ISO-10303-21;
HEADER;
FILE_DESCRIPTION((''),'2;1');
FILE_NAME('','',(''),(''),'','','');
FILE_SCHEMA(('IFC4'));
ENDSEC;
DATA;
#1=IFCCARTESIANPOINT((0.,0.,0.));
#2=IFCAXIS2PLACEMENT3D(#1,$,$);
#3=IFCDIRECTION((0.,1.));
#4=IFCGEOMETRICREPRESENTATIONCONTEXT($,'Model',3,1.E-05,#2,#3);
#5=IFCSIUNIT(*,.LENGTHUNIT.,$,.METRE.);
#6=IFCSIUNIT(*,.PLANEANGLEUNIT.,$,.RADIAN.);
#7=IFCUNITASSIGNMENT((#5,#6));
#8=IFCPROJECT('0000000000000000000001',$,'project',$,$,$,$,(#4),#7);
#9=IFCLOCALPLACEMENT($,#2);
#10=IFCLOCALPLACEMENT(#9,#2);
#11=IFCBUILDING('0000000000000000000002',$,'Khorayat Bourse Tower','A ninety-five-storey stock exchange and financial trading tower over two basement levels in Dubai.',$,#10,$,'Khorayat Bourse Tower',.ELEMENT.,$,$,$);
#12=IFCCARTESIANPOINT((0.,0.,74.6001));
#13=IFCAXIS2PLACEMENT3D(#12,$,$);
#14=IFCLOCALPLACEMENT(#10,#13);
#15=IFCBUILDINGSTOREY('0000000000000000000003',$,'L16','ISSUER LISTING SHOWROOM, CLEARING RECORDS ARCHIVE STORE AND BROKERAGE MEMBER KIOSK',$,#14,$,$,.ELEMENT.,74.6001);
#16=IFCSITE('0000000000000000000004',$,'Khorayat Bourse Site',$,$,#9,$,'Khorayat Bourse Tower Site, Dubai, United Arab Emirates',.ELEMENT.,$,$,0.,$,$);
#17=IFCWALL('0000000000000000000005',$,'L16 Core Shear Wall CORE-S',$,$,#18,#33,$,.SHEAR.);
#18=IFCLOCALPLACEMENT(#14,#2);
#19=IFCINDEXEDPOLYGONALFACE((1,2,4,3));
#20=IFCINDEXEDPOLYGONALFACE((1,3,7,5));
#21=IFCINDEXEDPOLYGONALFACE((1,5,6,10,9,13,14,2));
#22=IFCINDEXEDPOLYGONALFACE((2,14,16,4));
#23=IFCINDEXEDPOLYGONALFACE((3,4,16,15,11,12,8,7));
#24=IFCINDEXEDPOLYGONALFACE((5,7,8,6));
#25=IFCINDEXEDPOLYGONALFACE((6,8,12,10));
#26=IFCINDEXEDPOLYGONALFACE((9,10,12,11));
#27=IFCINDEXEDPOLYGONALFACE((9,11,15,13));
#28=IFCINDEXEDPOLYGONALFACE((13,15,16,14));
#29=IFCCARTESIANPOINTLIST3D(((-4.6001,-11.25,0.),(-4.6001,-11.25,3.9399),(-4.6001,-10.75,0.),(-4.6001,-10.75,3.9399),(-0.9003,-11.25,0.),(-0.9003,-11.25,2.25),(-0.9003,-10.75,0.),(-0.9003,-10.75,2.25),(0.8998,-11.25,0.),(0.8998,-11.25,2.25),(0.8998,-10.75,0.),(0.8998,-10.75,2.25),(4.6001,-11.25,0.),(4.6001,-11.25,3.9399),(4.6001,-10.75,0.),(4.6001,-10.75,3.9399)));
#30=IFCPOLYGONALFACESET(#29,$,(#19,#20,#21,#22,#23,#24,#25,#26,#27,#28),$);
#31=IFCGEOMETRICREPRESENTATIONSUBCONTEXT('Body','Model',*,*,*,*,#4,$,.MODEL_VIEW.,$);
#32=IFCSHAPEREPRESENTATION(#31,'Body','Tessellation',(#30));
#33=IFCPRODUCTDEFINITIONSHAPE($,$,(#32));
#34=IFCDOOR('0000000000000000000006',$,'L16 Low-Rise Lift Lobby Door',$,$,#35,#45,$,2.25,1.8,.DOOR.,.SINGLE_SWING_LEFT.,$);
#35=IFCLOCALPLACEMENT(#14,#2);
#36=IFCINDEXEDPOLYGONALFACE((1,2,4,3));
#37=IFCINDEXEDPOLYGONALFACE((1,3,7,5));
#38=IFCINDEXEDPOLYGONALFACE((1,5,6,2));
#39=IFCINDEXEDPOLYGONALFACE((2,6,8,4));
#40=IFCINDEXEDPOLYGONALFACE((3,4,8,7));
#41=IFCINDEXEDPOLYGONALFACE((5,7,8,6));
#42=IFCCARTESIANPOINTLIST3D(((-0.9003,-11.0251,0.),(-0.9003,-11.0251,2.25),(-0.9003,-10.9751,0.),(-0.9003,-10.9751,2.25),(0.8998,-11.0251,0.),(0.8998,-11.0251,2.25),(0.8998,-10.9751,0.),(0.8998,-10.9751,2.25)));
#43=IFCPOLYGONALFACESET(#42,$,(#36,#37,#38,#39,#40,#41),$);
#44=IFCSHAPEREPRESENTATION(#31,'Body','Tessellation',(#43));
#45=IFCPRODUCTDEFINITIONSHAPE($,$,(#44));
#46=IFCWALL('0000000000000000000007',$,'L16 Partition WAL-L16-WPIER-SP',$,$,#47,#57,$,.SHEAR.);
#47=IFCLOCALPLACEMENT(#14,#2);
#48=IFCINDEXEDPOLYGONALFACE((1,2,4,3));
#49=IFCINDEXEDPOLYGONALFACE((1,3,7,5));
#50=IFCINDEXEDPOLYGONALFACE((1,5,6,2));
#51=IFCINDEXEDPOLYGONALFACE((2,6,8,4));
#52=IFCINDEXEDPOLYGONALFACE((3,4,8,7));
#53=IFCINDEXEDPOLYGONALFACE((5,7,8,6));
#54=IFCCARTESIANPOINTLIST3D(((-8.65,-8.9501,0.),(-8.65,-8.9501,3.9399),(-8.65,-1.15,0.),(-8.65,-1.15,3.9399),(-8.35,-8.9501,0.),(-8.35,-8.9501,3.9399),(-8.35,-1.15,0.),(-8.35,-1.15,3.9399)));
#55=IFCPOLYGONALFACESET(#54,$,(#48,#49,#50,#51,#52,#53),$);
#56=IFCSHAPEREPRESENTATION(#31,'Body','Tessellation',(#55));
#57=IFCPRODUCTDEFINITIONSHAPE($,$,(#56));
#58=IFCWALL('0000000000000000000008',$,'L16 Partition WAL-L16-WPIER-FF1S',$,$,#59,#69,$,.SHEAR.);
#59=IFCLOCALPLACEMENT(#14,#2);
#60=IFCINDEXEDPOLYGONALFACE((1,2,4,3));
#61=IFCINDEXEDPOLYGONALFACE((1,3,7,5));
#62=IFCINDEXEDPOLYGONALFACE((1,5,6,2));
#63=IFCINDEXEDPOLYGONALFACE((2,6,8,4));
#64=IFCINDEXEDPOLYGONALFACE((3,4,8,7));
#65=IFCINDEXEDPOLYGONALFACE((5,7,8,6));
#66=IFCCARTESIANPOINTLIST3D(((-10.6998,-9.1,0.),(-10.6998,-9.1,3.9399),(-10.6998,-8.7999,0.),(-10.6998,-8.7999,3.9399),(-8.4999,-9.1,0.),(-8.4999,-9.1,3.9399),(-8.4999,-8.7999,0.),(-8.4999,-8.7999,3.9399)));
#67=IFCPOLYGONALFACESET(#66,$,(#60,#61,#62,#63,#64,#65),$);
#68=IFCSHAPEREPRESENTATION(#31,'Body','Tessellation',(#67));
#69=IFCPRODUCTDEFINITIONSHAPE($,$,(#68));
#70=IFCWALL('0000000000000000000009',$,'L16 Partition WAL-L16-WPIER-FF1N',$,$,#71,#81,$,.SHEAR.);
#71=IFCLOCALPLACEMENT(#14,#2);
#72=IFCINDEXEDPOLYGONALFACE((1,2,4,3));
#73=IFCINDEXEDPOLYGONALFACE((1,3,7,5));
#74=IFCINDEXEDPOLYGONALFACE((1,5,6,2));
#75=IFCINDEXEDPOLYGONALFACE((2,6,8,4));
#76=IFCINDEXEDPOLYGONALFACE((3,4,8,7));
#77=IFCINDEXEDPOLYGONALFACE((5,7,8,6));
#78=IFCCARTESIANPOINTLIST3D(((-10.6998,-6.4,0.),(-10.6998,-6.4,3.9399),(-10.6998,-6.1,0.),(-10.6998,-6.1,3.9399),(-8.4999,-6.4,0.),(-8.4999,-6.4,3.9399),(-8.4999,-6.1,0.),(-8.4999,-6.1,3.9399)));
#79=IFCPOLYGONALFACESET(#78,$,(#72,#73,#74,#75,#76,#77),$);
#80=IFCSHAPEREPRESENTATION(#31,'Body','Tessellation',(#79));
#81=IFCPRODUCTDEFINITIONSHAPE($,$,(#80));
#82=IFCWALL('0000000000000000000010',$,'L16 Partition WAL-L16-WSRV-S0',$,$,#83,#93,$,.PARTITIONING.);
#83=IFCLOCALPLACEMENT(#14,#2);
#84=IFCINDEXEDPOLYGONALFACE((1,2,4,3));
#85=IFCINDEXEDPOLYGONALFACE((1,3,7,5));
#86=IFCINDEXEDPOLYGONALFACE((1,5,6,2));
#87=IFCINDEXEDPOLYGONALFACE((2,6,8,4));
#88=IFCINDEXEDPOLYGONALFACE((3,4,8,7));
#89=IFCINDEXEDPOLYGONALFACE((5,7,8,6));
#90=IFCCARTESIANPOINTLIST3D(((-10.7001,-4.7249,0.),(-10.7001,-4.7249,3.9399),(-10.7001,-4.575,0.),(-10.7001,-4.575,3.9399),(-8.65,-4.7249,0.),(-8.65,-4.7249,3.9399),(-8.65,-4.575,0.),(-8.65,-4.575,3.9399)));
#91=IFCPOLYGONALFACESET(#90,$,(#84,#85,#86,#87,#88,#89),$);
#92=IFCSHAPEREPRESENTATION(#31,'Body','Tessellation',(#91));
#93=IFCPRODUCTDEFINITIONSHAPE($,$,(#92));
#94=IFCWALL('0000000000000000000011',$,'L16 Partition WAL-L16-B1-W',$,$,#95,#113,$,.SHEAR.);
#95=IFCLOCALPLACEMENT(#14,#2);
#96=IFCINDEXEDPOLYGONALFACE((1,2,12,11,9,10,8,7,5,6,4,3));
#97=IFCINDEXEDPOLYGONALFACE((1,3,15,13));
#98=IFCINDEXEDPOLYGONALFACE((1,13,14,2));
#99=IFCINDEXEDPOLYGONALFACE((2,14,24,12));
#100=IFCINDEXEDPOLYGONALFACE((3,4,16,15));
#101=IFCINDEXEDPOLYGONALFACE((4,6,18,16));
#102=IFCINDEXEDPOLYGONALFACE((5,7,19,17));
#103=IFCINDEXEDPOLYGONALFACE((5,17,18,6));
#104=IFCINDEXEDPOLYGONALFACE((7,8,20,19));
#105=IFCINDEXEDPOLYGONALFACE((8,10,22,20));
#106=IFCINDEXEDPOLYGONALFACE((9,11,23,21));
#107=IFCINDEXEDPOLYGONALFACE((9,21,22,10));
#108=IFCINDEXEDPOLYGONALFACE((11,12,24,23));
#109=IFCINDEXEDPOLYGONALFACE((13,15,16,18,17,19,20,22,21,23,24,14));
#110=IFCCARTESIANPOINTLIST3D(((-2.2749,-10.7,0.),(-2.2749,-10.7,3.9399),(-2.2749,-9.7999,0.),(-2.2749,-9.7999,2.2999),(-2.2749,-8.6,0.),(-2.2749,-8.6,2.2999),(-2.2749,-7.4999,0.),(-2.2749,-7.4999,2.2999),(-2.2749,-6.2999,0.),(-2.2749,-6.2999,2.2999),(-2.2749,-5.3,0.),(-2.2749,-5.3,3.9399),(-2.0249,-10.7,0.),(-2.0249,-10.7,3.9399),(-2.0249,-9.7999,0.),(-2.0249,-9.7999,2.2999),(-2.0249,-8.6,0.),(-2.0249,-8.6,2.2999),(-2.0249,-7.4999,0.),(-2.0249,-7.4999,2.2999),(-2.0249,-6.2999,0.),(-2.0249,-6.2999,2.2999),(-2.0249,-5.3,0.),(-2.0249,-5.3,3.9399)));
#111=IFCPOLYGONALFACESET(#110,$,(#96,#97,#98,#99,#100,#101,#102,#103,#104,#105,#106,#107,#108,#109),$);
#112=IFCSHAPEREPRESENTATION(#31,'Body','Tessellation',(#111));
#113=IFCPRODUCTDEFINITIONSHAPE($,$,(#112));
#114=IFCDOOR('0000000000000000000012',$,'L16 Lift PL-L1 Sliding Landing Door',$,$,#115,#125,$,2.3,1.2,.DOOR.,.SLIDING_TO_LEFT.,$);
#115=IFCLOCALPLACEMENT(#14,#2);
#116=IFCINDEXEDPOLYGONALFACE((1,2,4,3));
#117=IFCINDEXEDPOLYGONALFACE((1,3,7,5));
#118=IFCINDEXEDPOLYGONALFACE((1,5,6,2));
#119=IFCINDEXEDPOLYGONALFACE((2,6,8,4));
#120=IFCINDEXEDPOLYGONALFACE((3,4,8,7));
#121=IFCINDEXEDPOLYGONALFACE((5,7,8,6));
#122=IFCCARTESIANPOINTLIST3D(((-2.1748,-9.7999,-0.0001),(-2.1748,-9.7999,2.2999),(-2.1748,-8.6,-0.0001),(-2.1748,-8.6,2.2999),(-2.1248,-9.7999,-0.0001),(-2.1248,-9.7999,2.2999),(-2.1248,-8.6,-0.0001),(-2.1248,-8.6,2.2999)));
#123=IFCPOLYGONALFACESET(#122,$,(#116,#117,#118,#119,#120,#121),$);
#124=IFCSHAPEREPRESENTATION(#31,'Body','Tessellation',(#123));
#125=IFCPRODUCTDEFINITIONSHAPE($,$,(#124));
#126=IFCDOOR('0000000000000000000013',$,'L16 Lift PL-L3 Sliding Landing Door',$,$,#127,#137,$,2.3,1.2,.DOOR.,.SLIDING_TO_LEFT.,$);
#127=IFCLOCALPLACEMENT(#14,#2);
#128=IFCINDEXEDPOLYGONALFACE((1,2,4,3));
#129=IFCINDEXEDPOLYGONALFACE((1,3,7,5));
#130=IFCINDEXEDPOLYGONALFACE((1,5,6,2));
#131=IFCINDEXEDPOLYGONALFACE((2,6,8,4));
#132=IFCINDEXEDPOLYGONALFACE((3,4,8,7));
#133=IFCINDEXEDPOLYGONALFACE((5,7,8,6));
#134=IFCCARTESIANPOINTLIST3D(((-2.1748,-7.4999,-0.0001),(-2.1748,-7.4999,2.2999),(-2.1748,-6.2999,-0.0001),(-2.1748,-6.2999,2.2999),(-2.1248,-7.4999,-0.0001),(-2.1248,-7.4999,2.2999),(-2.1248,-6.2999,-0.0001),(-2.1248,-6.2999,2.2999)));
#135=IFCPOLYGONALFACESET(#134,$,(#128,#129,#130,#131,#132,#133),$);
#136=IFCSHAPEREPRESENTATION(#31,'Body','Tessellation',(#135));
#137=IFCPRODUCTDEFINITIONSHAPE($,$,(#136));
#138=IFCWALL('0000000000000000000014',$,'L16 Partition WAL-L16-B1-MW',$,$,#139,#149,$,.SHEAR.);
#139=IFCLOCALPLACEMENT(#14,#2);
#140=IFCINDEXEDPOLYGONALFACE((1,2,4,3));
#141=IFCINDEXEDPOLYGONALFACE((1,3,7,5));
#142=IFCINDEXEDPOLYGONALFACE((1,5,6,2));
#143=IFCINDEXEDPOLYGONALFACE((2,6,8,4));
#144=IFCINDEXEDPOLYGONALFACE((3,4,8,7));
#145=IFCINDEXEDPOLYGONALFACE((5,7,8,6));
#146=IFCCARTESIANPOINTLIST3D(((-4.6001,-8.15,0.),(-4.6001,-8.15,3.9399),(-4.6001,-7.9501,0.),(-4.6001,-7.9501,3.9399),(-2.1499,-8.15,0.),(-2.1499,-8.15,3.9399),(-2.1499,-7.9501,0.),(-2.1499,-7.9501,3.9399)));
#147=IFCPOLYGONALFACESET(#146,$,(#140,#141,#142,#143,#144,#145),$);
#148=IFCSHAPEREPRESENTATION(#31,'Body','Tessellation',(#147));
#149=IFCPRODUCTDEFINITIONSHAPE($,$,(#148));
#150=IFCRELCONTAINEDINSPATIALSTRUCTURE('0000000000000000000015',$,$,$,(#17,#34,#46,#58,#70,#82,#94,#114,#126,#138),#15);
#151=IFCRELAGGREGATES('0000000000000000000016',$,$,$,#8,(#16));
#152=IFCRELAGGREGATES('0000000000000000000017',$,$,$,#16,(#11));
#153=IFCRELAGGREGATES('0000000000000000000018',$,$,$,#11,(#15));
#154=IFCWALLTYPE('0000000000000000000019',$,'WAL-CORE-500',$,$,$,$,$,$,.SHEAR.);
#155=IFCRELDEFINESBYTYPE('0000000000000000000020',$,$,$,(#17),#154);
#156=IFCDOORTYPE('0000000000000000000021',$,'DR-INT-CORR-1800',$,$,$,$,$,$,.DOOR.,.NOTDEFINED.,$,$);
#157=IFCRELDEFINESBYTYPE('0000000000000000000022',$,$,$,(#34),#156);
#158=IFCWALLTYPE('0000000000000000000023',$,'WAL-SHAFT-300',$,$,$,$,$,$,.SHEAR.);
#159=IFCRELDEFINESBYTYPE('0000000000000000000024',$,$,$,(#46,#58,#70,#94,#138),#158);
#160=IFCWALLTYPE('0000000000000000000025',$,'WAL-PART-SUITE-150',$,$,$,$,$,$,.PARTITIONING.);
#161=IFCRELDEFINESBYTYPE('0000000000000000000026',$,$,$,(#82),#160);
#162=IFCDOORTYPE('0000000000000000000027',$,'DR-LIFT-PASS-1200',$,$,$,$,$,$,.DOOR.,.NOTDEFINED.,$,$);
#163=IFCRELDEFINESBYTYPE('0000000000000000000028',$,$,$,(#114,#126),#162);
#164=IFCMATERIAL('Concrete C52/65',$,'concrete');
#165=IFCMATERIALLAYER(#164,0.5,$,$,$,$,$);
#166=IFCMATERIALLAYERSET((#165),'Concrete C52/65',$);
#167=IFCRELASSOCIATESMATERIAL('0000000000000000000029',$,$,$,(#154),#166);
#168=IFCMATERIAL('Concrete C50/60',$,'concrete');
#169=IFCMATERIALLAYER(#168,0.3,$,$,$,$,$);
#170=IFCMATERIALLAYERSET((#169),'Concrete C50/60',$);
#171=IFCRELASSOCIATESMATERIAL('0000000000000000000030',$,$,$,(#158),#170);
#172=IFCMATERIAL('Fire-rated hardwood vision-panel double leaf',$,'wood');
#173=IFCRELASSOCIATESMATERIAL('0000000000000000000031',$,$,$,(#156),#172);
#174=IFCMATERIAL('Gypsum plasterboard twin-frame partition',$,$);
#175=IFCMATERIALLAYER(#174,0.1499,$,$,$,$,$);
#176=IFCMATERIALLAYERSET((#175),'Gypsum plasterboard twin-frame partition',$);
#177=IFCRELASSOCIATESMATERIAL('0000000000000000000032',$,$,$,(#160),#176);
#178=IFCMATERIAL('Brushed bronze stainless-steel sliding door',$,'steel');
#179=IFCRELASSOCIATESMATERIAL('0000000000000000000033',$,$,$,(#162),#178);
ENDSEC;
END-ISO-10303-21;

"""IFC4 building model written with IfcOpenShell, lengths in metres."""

from ifc_helpers import new_model, si_unit, direction, frame, frame_2d, origin, place, context, subcontext, project, spatial, rectangle, extrude, source, transform, mapped, material, layer, layer_set, type_object, element, fill, save


model = new_model("IFC4")

# Units and contexts
model_context = context("Model", 3, precision=1e-05, world=origin(), true_north=direction((0.0, 1.0)))
body_context = subcontext(model_context, "Body", "Model", "MODEL_VIEW")
ifc_project = project(units=[si_unit("LENGTHUNIT", "METRE"), si_unit("PLANEANGLEUNIT", "RADIAN")], contexts=[model_context])

# Site, building, storey
site_placement = place(None, origin())
site = spatial("IfcSite", under=ifc_project, at=site_placement, Name="Khorayat Bourse Site", LongName="Khorayat Bourse Tower Site, Dubai, United Arab Emirates", CompositionType="ELEMENT", RefElevation=0.0)
building_placement = place(site_placement, origin())
building = spatial("IfcBuilding", under=site, at=building_placement, Name="Khorayat Bourse Tower", Description="A ninety-five-storey stock exchange and financial trading tower over two basement levels in Dubai.", LongName="Khorayat Bourse Tower", CompositionType="ELEMENT")
storey_placement = place(building_placement, frame((0.0, 0.0, 74.6001)))
storey = spatial("IfcBuildingStorey", under=building, at=storey_placement, Name="L16", Description="ISSUER LISTING SHOWROOM, CLEARING RECORDS ARCHIVE STORE AND BROKERAGE MEMBER KIOSK", CompositionType="ELEMENT", Elevation=74.6001)

# Shared definitions
ifc_material_1 = material(Name="Concrete C52/65", Category="concrete")
ifc_layer_1 = layer(ifc_material_1, 0.5)
ifc_layer_set_1 = layer_set([ifc_layer_1], Name="Concrete C52/65")
wall_type_1 = type_object("IfcWallType", Name="WAL-CORE-500", PredefinedType="SHEAR", material=ifc_layer_set_1)
ifc_material_2 = material(Name="Concrete C50/60", Category="concrete")
ifc_layer_2 = layer(ifc_material_2, 0.3)
ifc_layer_set_2 = layer_set([ifc_layer_2], Name="Concrete C50/60")
wall_type_2 = type_object("IfcWallType", Name="WAL-SHAFT-300", PredefinedType="SHEAR", material=ifc_layer_set_2)

# Wall, opening, door
shared_shape_1 = source(origin(), body_context, "Body", "SweptSolid", [
    extrude(rectangle(XDim=9.2002, YDim=0.5, at=frame_2d((4.6001, 0.0))), origin(), (0.0, 0.0, 1.0), 3.9399),
])
wall_1_placement = place(storey_placement, frame((-4.6001, -11.0, 0.0), z_axis=(0.0, 0.0, 1.0), x_axis=(1.0, 0.0, 0.0)))
wall_1 = element("IfcWall", 1, at=wall_1_placement, inside=storey, type_object=wall_type_1, Name="L16 Core Shear Wall CORE-S", PredefinedType="SHEAR", context=body_context, shape_type="MappedRepresentation", body=[
    mapped(shared_shape_1, transform((0.0, 0.0, 0.0), scale=1.0)),
])
shared_shape_2 = source(origin(), body_context, "Body", "SweptSolid", [
    extrude(rectangle(XDim=1.8, YDim=2.25, at=frame_2d((0.8999, 1.125))), frame((0.0, 0.26, 0.0), z_axis=(0.0, -1.0, 0.0), x_axis=(1.0, 0.0, 0.0)), (0.0, 0.0, 1.0), 0.52),
])
opening_1_placement = place(wall_1_placement, frame((3.7, 0.0, 0.0)))
opening_1 = element("IfcOpeningElement", 2, at=opening_1_placement, cuts=wall_1, PredefinedType="OPENING", context=body_context, shape_type="MappedRepresentation", body=[
    mapped(shared_shape_2, transform((0.0, 0.0, 0.0), scale=1.0)),
])
ifc_material_3 = material(Name="Fire-rated hardwood vision-panel double leaf", Category="wood")
door_type_1 = type_object("IfcDoorType", Name="DR-INT-CORR-1800", OperationType="NOTDEFINED", PredefinedType="DOOR", material=ifc_material_3)
shared_shape_3 = source(origin(), body_context, "Body", "SweptSolid", [
    extrude(rectangle(XDim=1.8, YDim=2.25, at=frame_2d((0.8999, 1.125))), frame((0.0, 0.0249, 0.0), z_axis=(0.0, -1.0, 0.0), x_axis=(1.0, 0.0, 0.0)), (0.0, 0.0, 1.0), 0.05),
])
door_1_placement = place(opening_1_placement, origin())
door_1 = element("IfcDoor", 3, at=door_1_placement, inside=storey, type_object=door_type_1, Name="L16 Low-Rise Lift Lobby Door", OperationType="SINGLE_SWING_LEFT", OverallHeight=2.25, OverallWidth=1.8, PredefinedType="DOOR", context=body_context, shape_type="MappedRepresentation", body=[
    mapped(shared_shape_3, transform((0.0, 0.0, 0.0), scale=1.0)),
])
fill(opening_1, door_1)

# Walls
shared_shape_4 = source(origin(), body_context, "Body", "SweptSolid", [
    extrude(rectangle(XDim=7.8, YDim=0.3, at=frame_2d((3.8999, 0.0))), origin(), (0.0, 0.0, 1.0), 3.9399),
])
wall_2_placement = place(storey_placement, frame((-8.5, -8.95, 0.0), z_axis=(0.0, 0.0, 1.0), x_axis=(0.0, 1.0, 0.0)))
element("IfcWall", 4, at=wall_2_placement, inside=storey, type_object=wall_type_2, Name="L16 Partition WAL-L16-WPIER-SP", PredefinedType="SHEAR", context=body_context, shape_type="MappedRepresentation", body=[
    mapped(shared_shape_4, transform((0.0, 0.0, 0.0), scale=1.0)),
])
shared_shape_5 = source(origin(), body_context, "Body", "SweptSolid", [
    extrude(rectangle(XDim=2.2, YDim=0.3, at=frame_2d((1.1001, 0.0))), origin(), (0.0, 0.0, 1.0), 3.9399),
])
for number, where, z_axis, x_axis, name in (
    (5, (-10.7, -8.95, 0.0), (0.0, 0.0, 1.0), (1.0, 0.0, 0.0), "L16 Partition WAL-L16-WPIER-FF1S"),
    (6, (-10.7, -6.25, 0.0), (0.0, 0.0, 1.0), (1.0, 0.0, 0.0), "L16 Partition WAL-L16-WPIER-FF1N"),
):
    element("IfcWall", number, at=place(storey_placement, frame(where, z_axis=z_axis, x_axis=x_axis)), inside=storey, type_object=wall_type_2, Name=name, PredefinedType="SHEAR", context=body_context, shape_type="MappedRepresentation", body=[
        mapped(shared_shape_5, transform((0.0, 0.0, 0.0), scale=1.0)),
    ])
ifc_material_4 = material(Name="Gypsum plasterboard twin-frame partition")
ifc_layer_3 = layer(ifc_material_4, 0.1499)
ifc_layer_set_3 = layer_set([ifc_layer_3], Name="Gypsum plasterboard twin-frame partition")
wall_type_3 = type_object("IfcWallType", Name="WAL-PART-SUITE-150", PredefinedType="PARTITIONING", material=ifc_layer_set_3)
shared_shape_6 = source(origin(), body_context, "Body", "SweptSolid", [
    extrude(rectangle(XDim=2.05, YDim=0.1499, at=frame_2d((1.0249, 0.0))), origin(), (0.0, 0.0, 1.0), 3.9399),
])
wall_3_placement = place(storey_placement, frame((-10.7, -4.6499, 0.0), z_axis=(0.0, 0.0, 1.0), x_axis=(1.0, 0.0, 0.0)))
element("IfcWall", 7, at=wall_3_placement, inside=storey, type_object=wall_type_3, Name="L16 Partition WAL-L16-WSRV-S0", PredefinedType="PARTITIONING", context=body_context, shape_type="MappedRepresentation", body=[
    mapped(shared_shape_6, transform((0.0, 0.0, 0.0), scale=1.0)),
])

# Wall, openings, doors
shared_shape_7 = source(origin(), body_context, "Body", "SweptSolid", [
    extrude(rectangle(XDim=5.3999, YDim=0.25, at=frame_2d((2.7, 0.0))), origin(), (0.0, 0.0, 1.0), 3.9399),
])
wall_4_placement = place(storey_placement, frame((-2.1499, -10.7, 0.0), z_axis=(0.0, 0.0, 1.0), x_axis=(0.0, 1.0, 0.0)))
wall_4 = element("IfcWall", 8, at=wall_4_placement, inside=storey, type_object=wall_type_2, Name="L16 Partition WAL-L16-B1-W", PredefinedType="SHEAR", context=body_context, shape_type="MappedRepresentation", body=[
    mapped(shared_shape_7, transform((0.0, 0.0, 0.0), scale=1.0)),
])
shared_shape_8 = source(origin(), body_context, "Body", "SweptSolid", [
    extrude(rectangle(XDim=1.2, YDim=2.3, at=frame_2d((0.6001, 1.1499))), frame((0.0, 0.135, 0.0), z_axis=(0.0, -1.0, 0.0), x_axis=(1.0, 0.0, 0.0)), (0.0, 0.0, 1.0), 0.27),
])
opening_2_placement = place(wall_4_placement, frame((0.8999, 0.0, 0.0)))
opening_2 = element("IfcOpeningElement", 9, at=opening_2_placement, cuts=wall_4, PredefinedType="OPENING", context=body_context, shape_type="MappedRepresentation", body=[
    mapped(shared_shape_8, transform((0.0, 0.0, 0.0), scale=1.0)),
])
opening_3_placement = place(wall_4_placement, frame((3.2, 0.0, 0.0)))
opening_3 = element("IfcOpeningElement", 10, at=opening_3_placement, cuts=wall_4, PredefinedType="OPENING", context=body_context, shape_type="MappedRepresentation", body=[
    mapped(shared_shape_8, transform((0.0, 0.0, 0.0), scale=1.0)),
])
ifc_material_5 = material(Name="Brushed bronze stainless-steel sliding door", Category="steel")
door_type_2 = type_object("IfcDoorType", Name="DR-LIFT-PASS-1200", OperationType="NOTDEFINED", PredefinedType="DOOR", material=ifc_material_5)
shared_shape_9 = source(origin(), body_context, "Body", "SweptSolid", [
    extrude(rectangle(XDim=1.2, YDim=2.3, at=frame_2d((0.6001, 1.1499))), frame((0.0, 0.0249, 0.0), z_axis=(0.0, -1.0, 0.0), x_axis=(1.0, 0.0, 0.0)), (0.0, 0.0, 1.0), 0.05),
])
door_2_placement = place(opening_2_placement, origin())
door_2 = element("IfcDoor", 11, at=door_2_placement, inside=storey, type_object=door_type_2, Name="L16 Lift PL-L1 Sliding Landing Door", OperationType="SLIDING_TO_LEFT", OverallHeight=2.3, OverallWidth=1.2, PredefinedType="DOOR", context=body_context, shape_type="MappedRepresentation", body=[
    mapped(shared_shape_9, transform((0.0, 0.0, 0.0), scale=1.0)),
])
fill(opening_2, door_2)
door_3_placement = place(opening_3_placement, origin())
door_3 = element("IfcDoor", 12, at=door_3_placement, inside=storey, type_object=door_type_2, Name="L16 Lift PL-L3 Sliding Landing Door", OperationType="SLIDING_TO_LEFT", OverallHeight=2.3, OverallWidth=1.2, PredefinedType="DOOR", context=body_context, shape_type="MappedRepresentation", body=[
    mapped(shared_shape_9, transform((0.0, 0.0, 0.0), scale=1.0)),
])
fill(opening_3, door_3)

# Wall
shared_shape_10 = source(origin(), body_context, "Body", "SweptSolid", [
    extrude(rectangle(XDim=2.4502, YDim=0.2, at=frame_2d((1.2251, 0.0))), origin(), (0.0, 0.0, 1.0), 3.9399),
])
wall_5_placement = place(storey_placement, frame((-4.6001, -8.05, 0.0), z_axis=(0.0, 0.0, 1.0), x_axis=(1.0, 0.0, 0.0)))
element("IfcWall", 13, at=wall_5_placement, inside=storey, type_object=wall_type_2, Name="L16 Partition WAL-L16-B1-MW", PredefinedType="SHEAR", context=body_context, shape_type="MappedRepresentation", body=[
    mapped(shared_shape_10, transform((0.0, 0.0, 0.0), scale=1.0)),
])

save(model, "model.ifc")
